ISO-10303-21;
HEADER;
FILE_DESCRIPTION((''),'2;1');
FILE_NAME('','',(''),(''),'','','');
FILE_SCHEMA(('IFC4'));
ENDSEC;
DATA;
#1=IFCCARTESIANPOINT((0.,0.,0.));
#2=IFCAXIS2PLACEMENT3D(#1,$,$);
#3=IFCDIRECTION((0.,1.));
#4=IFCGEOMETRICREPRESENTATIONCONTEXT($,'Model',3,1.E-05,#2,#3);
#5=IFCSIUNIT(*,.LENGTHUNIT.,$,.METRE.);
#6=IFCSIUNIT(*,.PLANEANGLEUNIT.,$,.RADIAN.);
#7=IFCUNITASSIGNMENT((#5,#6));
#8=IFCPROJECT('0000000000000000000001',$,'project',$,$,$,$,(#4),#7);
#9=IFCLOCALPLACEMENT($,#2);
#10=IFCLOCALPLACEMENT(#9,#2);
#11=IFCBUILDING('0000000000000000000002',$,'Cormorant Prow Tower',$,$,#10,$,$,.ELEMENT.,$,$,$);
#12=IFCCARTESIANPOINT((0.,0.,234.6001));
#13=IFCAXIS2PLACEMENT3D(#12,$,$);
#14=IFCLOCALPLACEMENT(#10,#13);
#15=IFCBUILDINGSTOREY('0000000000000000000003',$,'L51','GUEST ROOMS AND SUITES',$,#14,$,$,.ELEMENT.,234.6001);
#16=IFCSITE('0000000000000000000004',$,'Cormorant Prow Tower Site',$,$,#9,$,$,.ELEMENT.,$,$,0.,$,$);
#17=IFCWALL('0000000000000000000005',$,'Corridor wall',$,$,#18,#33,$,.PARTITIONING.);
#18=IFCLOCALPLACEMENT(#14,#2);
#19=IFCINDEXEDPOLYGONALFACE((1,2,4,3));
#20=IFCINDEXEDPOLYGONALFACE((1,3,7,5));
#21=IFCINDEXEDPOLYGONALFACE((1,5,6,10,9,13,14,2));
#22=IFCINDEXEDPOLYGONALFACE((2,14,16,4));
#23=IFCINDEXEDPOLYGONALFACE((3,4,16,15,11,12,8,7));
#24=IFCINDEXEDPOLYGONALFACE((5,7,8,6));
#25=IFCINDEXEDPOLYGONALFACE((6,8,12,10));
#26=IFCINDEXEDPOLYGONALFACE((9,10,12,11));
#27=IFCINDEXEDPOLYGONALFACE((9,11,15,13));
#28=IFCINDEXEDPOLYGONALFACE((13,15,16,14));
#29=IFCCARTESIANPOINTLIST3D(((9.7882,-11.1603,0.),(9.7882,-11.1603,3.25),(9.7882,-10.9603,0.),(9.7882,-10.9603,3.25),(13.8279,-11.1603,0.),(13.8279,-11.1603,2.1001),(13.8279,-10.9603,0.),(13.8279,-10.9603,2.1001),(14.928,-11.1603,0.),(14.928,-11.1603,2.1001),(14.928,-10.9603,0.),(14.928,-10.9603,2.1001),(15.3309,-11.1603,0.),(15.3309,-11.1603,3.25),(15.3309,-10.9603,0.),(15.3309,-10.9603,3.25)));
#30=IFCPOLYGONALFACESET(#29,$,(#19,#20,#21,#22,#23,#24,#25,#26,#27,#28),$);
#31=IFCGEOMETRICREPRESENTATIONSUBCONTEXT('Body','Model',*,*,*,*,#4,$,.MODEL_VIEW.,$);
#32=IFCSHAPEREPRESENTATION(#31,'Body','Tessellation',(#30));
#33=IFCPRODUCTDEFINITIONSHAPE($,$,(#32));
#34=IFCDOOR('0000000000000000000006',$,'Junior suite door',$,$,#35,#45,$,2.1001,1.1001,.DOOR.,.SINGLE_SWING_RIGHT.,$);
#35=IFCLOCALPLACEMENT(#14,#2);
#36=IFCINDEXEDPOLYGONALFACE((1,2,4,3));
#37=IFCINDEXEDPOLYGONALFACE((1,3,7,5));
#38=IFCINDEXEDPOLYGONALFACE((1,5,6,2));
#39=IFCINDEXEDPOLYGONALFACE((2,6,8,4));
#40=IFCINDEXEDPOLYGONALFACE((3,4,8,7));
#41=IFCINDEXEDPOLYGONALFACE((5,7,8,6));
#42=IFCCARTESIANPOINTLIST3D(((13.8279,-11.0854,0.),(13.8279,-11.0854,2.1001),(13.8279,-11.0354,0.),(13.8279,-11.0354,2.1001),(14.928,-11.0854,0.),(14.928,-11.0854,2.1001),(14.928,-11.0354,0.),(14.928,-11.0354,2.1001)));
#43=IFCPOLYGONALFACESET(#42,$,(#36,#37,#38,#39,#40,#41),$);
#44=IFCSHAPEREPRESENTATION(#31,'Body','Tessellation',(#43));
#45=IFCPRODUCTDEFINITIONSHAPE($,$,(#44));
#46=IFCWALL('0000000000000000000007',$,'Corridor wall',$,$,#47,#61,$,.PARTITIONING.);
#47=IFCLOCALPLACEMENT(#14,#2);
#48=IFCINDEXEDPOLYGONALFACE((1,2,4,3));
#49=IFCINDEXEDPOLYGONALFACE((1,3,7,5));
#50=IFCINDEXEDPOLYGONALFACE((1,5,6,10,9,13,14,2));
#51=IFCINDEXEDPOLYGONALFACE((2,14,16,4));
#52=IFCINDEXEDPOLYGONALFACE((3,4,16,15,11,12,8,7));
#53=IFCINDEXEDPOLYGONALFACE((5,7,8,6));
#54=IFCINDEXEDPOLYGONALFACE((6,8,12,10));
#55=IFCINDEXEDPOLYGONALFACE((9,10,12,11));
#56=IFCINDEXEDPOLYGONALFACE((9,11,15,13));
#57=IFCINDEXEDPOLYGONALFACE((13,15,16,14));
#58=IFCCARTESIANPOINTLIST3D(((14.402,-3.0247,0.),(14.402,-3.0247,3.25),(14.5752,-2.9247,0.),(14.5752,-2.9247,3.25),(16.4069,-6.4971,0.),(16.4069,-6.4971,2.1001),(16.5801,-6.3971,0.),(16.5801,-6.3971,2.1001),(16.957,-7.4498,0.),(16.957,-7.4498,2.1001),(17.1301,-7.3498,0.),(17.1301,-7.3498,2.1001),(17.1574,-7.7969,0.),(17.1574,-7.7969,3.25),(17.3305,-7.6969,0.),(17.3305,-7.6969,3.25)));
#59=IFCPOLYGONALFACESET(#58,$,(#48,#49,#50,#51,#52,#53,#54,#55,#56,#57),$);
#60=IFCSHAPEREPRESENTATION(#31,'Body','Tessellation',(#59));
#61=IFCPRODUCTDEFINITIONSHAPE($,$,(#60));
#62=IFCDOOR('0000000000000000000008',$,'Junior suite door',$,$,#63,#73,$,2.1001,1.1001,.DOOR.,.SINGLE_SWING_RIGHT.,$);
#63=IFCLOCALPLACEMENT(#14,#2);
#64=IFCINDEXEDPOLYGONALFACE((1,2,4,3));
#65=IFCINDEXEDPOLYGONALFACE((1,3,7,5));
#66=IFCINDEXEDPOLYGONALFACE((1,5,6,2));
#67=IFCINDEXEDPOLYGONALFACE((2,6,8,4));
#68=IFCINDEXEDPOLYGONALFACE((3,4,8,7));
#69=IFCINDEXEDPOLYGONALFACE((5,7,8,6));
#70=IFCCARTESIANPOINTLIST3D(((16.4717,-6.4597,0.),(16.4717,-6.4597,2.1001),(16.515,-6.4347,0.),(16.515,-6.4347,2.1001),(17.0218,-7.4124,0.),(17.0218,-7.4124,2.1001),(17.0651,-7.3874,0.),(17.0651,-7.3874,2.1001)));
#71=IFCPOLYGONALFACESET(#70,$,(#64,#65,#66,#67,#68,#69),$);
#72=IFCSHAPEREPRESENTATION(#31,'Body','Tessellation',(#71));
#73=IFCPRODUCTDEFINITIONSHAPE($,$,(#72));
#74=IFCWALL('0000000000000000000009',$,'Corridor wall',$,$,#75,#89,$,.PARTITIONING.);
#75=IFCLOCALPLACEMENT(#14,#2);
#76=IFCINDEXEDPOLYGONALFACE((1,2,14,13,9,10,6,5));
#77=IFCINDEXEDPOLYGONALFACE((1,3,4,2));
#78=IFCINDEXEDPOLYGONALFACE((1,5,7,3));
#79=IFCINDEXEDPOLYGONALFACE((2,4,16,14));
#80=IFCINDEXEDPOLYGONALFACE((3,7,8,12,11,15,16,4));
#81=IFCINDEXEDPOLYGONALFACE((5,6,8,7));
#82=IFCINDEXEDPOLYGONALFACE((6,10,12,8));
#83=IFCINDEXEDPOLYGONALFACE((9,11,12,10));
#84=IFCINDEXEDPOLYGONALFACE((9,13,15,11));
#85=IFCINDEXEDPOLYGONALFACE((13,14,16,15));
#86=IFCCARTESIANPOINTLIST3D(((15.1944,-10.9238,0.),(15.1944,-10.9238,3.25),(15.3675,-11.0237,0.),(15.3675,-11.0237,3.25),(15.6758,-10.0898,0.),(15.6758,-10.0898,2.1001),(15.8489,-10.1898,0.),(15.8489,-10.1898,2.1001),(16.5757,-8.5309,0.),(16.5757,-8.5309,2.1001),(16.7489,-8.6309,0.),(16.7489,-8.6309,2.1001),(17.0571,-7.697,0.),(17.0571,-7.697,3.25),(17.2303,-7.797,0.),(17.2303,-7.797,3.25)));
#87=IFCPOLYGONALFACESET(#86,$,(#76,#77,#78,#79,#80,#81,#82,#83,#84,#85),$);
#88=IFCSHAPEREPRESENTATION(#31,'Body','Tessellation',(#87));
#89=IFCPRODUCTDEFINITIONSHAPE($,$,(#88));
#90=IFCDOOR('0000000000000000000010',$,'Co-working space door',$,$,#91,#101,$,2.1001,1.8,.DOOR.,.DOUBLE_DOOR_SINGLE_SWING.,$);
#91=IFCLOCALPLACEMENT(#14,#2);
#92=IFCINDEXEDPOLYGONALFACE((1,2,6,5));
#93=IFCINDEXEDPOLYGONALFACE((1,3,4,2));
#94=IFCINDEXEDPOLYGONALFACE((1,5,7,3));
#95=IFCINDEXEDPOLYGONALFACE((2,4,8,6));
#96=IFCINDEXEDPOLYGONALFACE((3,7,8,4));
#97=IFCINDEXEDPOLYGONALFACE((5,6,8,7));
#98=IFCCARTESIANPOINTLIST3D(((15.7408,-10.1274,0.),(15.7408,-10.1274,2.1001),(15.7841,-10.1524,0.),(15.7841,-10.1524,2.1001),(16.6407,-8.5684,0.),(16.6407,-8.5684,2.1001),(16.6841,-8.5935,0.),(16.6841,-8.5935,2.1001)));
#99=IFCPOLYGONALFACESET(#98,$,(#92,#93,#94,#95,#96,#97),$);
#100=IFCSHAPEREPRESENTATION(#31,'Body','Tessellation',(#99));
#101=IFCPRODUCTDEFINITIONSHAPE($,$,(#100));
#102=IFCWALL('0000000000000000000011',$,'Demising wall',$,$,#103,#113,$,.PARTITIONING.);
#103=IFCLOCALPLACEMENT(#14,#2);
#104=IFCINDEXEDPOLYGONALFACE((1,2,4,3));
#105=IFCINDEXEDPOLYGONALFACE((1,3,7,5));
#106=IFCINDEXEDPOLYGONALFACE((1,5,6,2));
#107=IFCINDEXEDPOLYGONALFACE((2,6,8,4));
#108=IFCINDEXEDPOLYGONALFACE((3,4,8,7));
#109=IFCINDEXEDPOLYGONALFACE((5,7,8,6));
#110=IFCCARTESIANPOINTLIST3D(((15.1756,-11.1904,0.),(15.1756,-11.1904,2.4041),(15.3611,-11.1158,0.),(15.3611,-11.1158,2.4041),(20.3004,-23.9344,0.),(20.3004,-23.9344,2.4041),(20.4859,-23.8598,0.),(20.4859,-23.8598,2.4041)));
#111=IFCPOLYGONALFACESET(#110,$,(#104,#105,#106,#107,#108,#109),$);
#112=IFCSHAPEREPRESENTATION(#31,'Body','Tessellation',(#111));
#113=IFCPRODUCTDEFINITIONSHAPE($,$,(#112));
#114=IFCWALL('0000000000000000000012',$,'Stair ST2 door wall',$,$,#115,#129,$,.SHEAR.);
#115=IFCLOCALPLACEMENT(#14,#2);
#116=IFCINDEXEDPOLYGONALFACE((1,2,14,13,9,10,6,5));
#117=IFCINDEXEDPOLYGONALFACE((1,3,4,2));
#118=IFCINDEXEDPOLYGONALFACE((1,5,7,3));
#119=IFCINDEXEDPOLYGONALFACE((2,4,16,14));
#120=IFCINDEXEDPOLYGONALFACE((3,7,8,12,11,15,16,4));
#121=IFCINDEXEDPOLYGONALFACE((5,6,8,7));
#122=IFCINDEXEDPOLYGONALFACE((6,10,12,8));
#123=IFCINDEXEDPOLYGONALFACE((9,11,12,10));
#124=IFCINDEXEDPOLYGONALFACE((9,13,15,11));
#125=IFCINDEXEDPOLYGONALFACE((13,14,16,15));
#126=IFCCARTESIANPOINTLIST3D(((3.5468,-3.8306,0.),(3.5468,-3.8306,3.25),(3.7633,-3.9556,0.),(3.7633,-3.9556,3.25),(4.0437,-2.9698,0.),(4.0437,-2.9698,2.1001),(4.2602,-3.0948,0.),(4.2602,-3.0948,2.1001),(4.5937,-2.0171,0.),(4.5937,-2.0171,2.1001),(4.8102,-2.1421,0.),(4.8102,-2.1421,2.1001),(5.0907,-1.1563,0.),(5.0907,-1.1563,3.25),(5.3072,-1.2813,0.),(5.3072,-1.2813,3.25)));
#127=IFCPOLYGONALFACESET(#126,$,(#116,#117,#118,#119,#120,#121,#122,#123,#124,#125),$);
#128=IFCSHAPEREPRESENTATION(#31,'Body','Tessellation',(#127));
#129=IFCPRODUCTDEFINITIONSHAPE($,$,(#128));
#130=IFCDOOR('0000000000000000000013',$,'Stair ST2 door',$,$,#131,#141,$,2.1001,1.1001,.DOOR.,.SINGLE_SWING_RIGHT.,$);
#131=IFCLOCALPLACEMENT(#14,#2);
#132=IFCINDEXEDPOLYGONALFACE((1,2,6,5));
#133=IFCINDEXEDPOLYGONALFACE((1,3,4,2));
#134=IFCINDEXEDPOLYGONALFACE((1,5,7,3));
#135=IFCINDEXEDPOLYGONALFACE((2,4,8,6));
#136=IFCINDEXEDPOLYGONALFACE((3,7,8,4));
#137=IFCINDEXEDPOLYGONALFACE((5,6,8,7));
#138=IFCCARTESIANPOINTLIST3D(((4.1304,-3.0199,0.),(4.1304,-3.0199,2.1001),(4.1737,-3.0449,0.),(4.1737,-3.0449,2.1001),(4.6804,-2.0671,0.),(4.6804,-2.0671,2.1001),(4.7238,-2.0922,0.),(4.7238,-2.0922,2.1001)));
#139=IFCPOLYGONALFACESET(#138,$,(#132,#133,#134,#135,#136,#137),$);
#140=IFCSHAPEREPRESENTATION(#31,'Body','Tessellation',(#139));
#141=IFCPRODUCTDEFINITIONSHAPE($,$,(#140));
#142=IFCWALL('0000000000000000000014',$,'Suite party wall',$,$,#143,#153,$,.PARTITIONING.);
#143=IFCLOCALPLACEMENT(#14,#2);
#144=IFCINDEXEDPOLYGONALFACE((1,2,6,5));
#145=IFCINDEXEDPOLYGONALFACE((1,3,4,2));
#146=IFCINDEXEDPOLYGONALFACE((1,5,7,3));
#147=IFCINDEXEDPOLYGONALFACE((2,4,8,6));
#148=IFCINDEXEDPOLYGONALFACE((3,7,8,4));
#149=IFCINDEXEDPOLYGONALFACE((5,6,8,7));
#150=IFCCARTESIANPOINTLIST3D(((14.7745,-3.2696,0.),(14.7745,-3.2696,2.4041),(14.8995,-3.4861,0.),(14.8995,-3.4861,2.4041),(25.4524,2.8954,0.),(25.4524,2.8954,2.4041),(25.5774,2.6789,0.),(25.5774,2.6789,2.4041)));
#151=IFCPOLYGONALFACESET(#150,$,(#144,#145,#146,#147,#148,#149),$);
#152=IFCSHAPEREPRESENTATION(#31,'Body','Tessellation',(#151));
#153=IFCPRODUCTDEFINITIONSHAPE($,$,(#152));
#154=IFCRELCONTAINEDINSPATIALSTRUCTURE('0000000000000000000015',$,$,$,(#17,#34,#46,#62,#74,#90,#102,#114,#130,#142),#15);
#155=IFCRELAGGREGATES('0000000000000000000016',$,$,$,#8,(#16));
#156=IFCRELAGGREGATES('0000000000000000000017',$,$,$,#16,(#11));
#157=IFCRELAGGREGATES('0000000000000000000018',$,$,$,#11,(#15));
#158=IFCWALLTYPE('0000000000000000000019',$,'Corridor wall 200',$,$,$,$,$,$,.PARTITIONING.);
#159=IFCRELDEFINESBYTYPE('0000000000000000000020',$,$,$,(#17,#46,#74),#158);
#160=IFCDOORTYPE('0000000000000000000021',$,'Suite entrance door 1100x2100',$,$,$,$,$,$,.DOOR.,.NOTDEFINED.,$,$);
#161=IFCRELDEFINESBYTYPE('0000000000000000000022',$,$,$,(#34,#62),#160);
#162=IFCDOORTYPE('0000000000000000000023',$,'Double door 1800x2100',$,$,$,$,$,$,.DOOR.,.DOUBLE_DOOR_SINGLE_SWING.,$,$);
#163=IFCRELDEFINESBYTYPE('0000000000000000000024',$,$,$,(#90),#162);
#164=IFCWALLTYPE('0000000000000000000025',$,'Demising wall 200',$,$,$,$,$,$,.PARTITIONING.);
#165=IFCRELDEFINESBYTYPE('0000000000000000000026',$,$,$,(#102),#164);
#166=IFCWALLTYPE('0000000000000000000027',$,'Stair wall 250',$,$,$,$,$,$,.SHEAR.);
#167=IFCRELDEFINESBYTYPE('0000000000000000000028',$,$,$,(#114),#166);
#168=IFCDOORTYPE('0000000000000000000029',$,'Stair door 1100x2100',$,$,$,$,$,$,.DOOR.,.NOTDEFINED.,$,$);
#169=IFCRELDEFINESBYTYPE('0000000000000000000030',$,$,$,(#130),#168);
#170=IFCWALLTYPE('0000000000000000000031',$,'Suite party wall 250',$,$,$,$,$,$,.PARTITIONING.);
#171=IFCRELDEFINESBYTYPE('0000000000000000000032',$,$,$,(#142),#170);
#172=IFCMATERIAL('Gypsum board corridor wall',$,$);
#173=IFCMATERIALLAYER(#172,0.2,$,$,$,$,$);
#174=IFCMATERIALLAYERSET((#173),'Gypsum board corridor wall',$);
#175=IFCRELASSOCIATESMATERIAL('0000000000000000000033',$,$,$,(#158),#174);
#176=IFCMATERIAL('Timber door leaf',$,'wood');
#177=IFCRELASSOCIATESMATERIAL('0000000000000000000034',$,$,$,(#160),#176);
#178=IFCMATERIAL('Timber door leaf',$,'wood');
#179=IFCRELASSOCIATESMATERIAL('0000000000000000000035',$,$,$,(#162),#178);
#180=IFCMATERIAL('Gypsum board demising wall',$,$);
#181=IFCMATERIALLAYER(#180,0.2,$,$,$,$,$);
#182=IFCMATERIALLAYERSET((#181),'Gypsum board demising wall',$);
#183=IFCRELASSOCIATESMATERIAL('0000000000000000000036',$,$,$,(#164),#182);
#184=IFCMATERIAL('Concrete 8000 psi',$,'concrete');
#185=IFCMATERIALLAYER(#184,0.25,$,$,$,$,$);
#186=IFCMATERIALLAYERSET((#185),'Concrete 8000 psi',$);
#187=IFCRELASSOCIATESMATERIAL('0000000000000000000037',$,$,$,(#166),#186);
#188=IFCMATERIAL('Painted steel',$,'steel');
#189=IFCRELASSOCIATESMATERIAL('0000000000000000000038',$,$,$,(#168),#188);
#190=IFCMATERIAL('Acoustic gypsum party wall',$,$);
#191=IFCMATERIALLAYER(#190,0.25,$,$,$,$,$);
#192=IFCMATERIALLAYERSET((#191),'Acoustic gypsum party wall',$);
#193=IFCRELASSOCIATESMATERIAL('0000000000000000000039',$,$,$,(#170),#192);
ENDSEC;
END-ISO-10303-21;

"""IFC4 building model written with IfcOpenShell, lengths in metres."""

from ifc_helpers import new_model, si_unit, direction, frame, frame_2d, origin, place, context, subcontext, project, spatial, rectangle, extrude, material, layer, layer_set, type_object, element, fill, save


model = new_model("IFC4")

# Units and contexts
model_context = context("Model", 3, precision=1e-05, world=origin(), true_north=direction((0.0, 1.0)))
body_context = subcontext(model_context, "Body", "Model", "MODEL_VIEW")
ifc_project = project(units=[si_unit("LENGTHUNIT", "METRE"), si_unit("PLANEANGLEUNIT", "RADIAN")], contexts=[model_context])

# Site, building, storey
site_placement = place(None, origin())
site = spatial("IfcSite", under=ifc_project, at=site_placement, Name="Cormorant Prow Tower Site", CompositionType="ELEMENT", RefElevation=0.0)
building_placement = place(site_placement, origin())
building = spatial("IfcBuilding", under=site, at=building_placement, Name="Cormorant Prow Tower", CompositionType="ELEMENT")
storey_placement = place(building_placement, frame((0.0, 0.0, 234.6001)))
storey = spatial("IfcBuildingStorey", under=building, at=storey_placement, Name="L51", Description="GUEST ROOMS AND SUITES", CompositionType="ELEMENT", Elevation=234.6001)

# Walls, openings, doors
ifc_material_1 = material(Name="Gypsum board corridor wall")
ifc_layer_1 = layer(ifc_material_1, 0.2)
ifc_layer_set_1 = layer_set([ifc_layer_1], Name="Gypsum board corridor wall")
wall_type_1 = type_object("IfcWallType", Name="Corridor wall 200", PredefinedType="PARTITIONING", material=ifc_layer_set_1)
ifc_material_2 = material(Name="Timber door leaf", Category="wood")
door_type_1 = type_object("IfcDoorType", Name="Suite entrance door 1100x2100", OperationType="NOTDEFINED", PredefinedType="DOOR", material=ifc_material_2)
wall_1_placement = place(storey_placement, frame((9.7881, -11.0603, 0.0), z_axis=(0.0, 0.0, 1.0), x_axis=(1.0, 0.0, 0.0)))
wall_1 = element("IfcWall", 1, at=wall_1_placement, inside=storey, type_object=wall_type_1, Name="Corridor wall", PredefinedType="PARTITIONING", context=body_context, shape_type="SweptSolid", body=[
    extrude(rectangle(XDim=5.5427, YDim=0.2, at=frame_2d((2.7715, 0.0))), origin(), (0.0, 0.0, 1.0), 3.25),
])
opening_1_placement = place(wall_1_placement, frame((4.0398, 0.0, 0.0)))
opening_1 = element("IfcOpeningElement", 2, at=opening_1_placement, cuts=wall_1, PredefinedType="OPENING", context=body_context, shape_type="SweptSolid", body=[
    extrude(rectangle(XDim=1.1001, YDim=2.1001, at=frame_2d((0.55, 1.05))), frame((0.0, 0.1099, 0.0), z_axis=(0.0, -1.0, 0.0), x_axis=(1.0, 0.0, 0.0)), (0.0, 0.0, 1.0), 0.22),
])
door_1_placement = place(opening_1_placement, origin())
door_1 = element("IfcDoor", 3, at=door_1_placement, inside=storey, type_object=door_type_1, Name="Junior suite door", OperationType="SINGLE_SWING_RIGHT", OverallHeight=2.1001, OverallWidth=1.1001, PredefinedType="DOOR", context=body_context, shape_type="SweptSolid", body=[
    extrude(rectangle(XDim=1.1001, YDim=2.1001, at=frame_2d((0.55, 1.05))), frame((0.0, 0.0249, 0.0), z_axis=(0.0, -1.0, 0.0), x_axis=(1.0, 0.0, 0.0)), (0.0, 0.0, 1.0), 0.05),
])
fill(opening_1, door_1)
wall_2_placement = place(storey_placement, frame((14.4885, -2.9746, 0.0), z_axis=(0.0, 0.0, 1.0), x_axis=(0.500018, -0.866015, 0.0)))
wall_2 = element("IfcWall", 4, at=wall_2_placement, inside=storey, type_object=wall_type_1, Name="Corridor wall", PredefinedType="PARTITIONING", context=body_context, shape_type="SweptSolid", body=[
    extrude(rectangle(XDim=5.5105, YDim=0.2, at=frame_2d((2.7554, 0.0))), origin(), (0.0, 0.0, 1.0), 3.25),
])
opening_2_placement = place(wall_2_placement, frame((4.0098, 0.0, 0.0)))
opening_2 = element("IfcOpeningElement", 5, at=opening_2_placement, cuts=wall_2, PredefinedType="OPENING", context=body_context, shape_type="SweptSolid", body=[
    extrude(rectangle(XDim=1.1001, YDim=2.1001, at=frame_2d((0.55, 1.05))), frame((0.0, 0.1099, 0.0), z_axis=(0.0, -1.0, 0.0), x_axis=(1.0, 0.0, 0.0)), (0.0, 0.0, 1.0), 0.22),
])
door_2_placement = place(opening_2_placement, origin())
door_2 = element("IfcDoor", 6, at=door_2_placement, inside=storey, type_object=door_type_1, Name="Junior suite door", OperationType="SINGLE_SWING_RIGHT", OverallHeight=2.1001, OverallWidth=1.1001, PredefinedType="DOOR", context=body_context, shape_type="SweptSolid", body=[
    extrude(rectangle(XDim=1.1001, YDim=2.1001, at=frame_2d((0.55, 1.05))), frame((0.0, 0.0249, 0.0), z_axis=(0.0, -1.0, 0.0), x_axis=(1.0, 0.0, 0.0)), (0.0, 0.0, 1.0), 0.05),
])
fill(opening_2, door_2)
wall_3_placement = place(storey_placement, frame((15.281, -10.9736, 0.0), z_axis=(0.0, 0.0, 1.0), x_axis=(0.499959, 0.866049, 0.0)))
wall_3 = element("IfcWall", 7, at=wall_3_placement, inside=storey, type_object=wall_type_1, Name="Corridor wall", PredefinedType="PARTITIONING", context=body_context, shape_type="SweptSolid", body=[
    extrude(rectangle(XDim=3.7258, YDim=0.2, at=frame_2d((1.8628, 0.0))), origin(), (0.0, 0.0, 1.0), 3.25),
])
opening_3_placement = place(wall_3_placement, frame((0.9629, 0.0, 0.0)))
opening_3 = element("IfcOpeningElement", 8, at=opening_3_placement, cuts=wall_3, PredefinedType="OPENING", context=body_context, shape_type="SweptSolid", body=[
    extrude(rectangle(XDim=1.8, YDim=2.1001, at=frame_2d((0.8999, 1.05))), frame((0.0, 0.1099, 0.0), z_axis=(0.0, -1.0, 0.0), x_axis=(1.0, 0.0, 0.0)), (0.0, 0.0, 1.0), 0.22),
])
ifc_material_3 = material(Name="Timber door leaf", Category="wood")
door_type_2 = type_object("IfcDoorType", Name="Double door 1800x2100", OperationType="DOUBLE_DOOR_SINGLE_SWING", PredefinedType="DOOR", material=ifc_material_3)
door_3_placement = place(opening_3_placement, origin())
door_3 = element("IfcDoor", 9, at=door_3_placement, inside=storey, type_object=door_type_2, Name="Co-working space door", OperationType="DOUBLE_DOOR_SINGLE_SWING", OverallHeight=2.1001, OverallWidth=1.8, PredefinedType="DOOR", context=body_context, shape_type="SweptSolid", body=[
    extrude(rectangle(XDim=1.8, YDim=2.1001, at=frame_2d((0.8999, 1.05))), frame((0.0, 0.0249, 0.0), z_axis=(0.0, -1.0, 0.0), x_axis=(1.0, 0.0, 0.0)), (0.0, 0.0, 1.0), 0.05),
])
fill(opening_3, door_3)

# Wall
ifc_material_4 = material(Name="Gypsum board demising wall")
ifc_layer_2 = layer(ifc_material_4, 0.2)
ifc_layer_set_2 = layer_set([ifc_layer_2], Name="Gypsum board demising wall")
wall_type_2 = type_object("IfcWallType", Name="Demising wall 200", PredefinedType="PARTITIONING", material=ifc_layer_set_2)
wall_4_placement = place(storey_placement, frame((15.2683, -11.1531, 0.0), z_axis=(0.0, 0.0, 1.0), x_axis=(0.373097, -0.927792, 0.0)))
element("IfcWall", 10, at=wall_4_placement, inside=storey, type_object=wall_type_2, Name="Demising wall", PredefinedType="PARTITIONING", context=body_context, shape_type="SweptSolid", body=[
    extrude(rectangle(XDim=13.7358, YDim=0.2, at=frame_2d((6.8679, 0.0))), origin(), (0.0, 0.0, 1.0), 2.4041),
])

# Wall, opening, door
ifc_material_5 = material(Name="Concrete 8000 psi", Category="concrete")
ifc_layer_3 = layer(ifc_material_5, 0.25)
ifc_layer_set_3 = layer_set([ifc_layer_3], Name="Concrete 8000 psi")
wall_type_3 = type_object("IfcWallType", Name="Stair wall 250", PredefinedType="SHEAR", material=ifc_layer_set_3)
wall_5_placement = place(storey_placement, frame((3.655, -3.8931, 0.0), z_axis=(0.0, 0.0, 1.0), x_axis=(0.499983, 0.866035, 0.0)))
wall_5 = element("IfcWall", 11, at=wall_5_placement, inside=storey, type_object=wall_type_3, Name="Stair ST2 door wall", PredefinedType="SHEAR", context=body_context, shape_type="SweptSolid", body=[
    extrude(rectangle(XDim=3.0879, YDim=0.25, at=frame_2d((1.5439, 0.0))), origin(), (0.0, 0.0, 1.0), 3.25),
])
opening_4_placement = place(wall_5_placement, frame((0.9939, 0.0, 0.0)))
opening_4 = element("IfcOpeningElement", 12, at=opening_4_placement, cuts=wall_5, PredefinedType="OPENING", context=body_context, shape_type="SweptSolid", body=[
    extrude(rectangle(XDim=1.1001, YDim=2.1001, at=frame_2d((0.55, 1.05))), frame((0.0, 0.135, 0.0), z_axis=(0.0, -1.0, 0.0), x_axis=(1.0, 0.0, 0.0)), (0.0, 0.0, 1.0), 0.27),
])
ifc_material_6 = material(Name="Painted steel", Category="steel")
door_type_3 = type_object("IfcDoorType", Name="Stair door 1100x2100", OperationType="NOTDEFINED", PredefinedType="DOOR", material=ifc_material_6)
door_4_placement = place(opening_4_placement, origin())
door_4 = element("IfcDoor", 13, at=door_4_placement, inside=storey, type_object=door_type_3, Name="Stair ST2 door", OperationType="SINGLE_SWING_RIGHT", OverallHeight=2.1001, OverallWidth=1.1001, PredefinedType="DOOR", context=body_context, shape_type="SweptSolid", body=[
    extrude(rectangle(XDim=1.1001, YDim=2.1001, at=frame_2d((0.55, 1.05))), frame((0.0, 0.0249, 0.0), z_axis=(0.0, -1.0, 0.0), x_axis=(1.0, 0.0, 0.0)), (0.0, 0.0, 1.0), 0.05),
])
fill(opening_4, door_4)

# Wall
ifc_material_7 = material(Name="Acoustic gypsum party wall")
ifc_layer_4 = layer(ifc_material_7, 0.25)
ifc_layer_set_4 = layer_set([ifc_layer_4], Name="Acoustic gypsum party wall")
wall_type_4 = type_object("IfcWallType", Name="Suite party wall 250", PredefinedType="PARTITIONING", material=ifc_layer_set_4)
wall_6_placement = place(storey_placement, frame((14.8369, -3.3779, 0.0), z_axis=(0.0, 0.0, 1.0), x_axis=(0.866022, 0.500006, 0.0)))
element("IfcWall", 14, at=wall_6_placement, inside=storey, type_object=wall_type_4, Name="Suite party wall", PredefinedType="PARTITIONING", context=body_context, shape_type="SweptSolid", body=[
    extrude(rectangle(XDim=12.3298, YDim=0.25, at=frame_2d((6.165, 0.0))), origin(), (0.0, 0.0, 1.0), 2.4041),
])

save(model, "model.ifc")
